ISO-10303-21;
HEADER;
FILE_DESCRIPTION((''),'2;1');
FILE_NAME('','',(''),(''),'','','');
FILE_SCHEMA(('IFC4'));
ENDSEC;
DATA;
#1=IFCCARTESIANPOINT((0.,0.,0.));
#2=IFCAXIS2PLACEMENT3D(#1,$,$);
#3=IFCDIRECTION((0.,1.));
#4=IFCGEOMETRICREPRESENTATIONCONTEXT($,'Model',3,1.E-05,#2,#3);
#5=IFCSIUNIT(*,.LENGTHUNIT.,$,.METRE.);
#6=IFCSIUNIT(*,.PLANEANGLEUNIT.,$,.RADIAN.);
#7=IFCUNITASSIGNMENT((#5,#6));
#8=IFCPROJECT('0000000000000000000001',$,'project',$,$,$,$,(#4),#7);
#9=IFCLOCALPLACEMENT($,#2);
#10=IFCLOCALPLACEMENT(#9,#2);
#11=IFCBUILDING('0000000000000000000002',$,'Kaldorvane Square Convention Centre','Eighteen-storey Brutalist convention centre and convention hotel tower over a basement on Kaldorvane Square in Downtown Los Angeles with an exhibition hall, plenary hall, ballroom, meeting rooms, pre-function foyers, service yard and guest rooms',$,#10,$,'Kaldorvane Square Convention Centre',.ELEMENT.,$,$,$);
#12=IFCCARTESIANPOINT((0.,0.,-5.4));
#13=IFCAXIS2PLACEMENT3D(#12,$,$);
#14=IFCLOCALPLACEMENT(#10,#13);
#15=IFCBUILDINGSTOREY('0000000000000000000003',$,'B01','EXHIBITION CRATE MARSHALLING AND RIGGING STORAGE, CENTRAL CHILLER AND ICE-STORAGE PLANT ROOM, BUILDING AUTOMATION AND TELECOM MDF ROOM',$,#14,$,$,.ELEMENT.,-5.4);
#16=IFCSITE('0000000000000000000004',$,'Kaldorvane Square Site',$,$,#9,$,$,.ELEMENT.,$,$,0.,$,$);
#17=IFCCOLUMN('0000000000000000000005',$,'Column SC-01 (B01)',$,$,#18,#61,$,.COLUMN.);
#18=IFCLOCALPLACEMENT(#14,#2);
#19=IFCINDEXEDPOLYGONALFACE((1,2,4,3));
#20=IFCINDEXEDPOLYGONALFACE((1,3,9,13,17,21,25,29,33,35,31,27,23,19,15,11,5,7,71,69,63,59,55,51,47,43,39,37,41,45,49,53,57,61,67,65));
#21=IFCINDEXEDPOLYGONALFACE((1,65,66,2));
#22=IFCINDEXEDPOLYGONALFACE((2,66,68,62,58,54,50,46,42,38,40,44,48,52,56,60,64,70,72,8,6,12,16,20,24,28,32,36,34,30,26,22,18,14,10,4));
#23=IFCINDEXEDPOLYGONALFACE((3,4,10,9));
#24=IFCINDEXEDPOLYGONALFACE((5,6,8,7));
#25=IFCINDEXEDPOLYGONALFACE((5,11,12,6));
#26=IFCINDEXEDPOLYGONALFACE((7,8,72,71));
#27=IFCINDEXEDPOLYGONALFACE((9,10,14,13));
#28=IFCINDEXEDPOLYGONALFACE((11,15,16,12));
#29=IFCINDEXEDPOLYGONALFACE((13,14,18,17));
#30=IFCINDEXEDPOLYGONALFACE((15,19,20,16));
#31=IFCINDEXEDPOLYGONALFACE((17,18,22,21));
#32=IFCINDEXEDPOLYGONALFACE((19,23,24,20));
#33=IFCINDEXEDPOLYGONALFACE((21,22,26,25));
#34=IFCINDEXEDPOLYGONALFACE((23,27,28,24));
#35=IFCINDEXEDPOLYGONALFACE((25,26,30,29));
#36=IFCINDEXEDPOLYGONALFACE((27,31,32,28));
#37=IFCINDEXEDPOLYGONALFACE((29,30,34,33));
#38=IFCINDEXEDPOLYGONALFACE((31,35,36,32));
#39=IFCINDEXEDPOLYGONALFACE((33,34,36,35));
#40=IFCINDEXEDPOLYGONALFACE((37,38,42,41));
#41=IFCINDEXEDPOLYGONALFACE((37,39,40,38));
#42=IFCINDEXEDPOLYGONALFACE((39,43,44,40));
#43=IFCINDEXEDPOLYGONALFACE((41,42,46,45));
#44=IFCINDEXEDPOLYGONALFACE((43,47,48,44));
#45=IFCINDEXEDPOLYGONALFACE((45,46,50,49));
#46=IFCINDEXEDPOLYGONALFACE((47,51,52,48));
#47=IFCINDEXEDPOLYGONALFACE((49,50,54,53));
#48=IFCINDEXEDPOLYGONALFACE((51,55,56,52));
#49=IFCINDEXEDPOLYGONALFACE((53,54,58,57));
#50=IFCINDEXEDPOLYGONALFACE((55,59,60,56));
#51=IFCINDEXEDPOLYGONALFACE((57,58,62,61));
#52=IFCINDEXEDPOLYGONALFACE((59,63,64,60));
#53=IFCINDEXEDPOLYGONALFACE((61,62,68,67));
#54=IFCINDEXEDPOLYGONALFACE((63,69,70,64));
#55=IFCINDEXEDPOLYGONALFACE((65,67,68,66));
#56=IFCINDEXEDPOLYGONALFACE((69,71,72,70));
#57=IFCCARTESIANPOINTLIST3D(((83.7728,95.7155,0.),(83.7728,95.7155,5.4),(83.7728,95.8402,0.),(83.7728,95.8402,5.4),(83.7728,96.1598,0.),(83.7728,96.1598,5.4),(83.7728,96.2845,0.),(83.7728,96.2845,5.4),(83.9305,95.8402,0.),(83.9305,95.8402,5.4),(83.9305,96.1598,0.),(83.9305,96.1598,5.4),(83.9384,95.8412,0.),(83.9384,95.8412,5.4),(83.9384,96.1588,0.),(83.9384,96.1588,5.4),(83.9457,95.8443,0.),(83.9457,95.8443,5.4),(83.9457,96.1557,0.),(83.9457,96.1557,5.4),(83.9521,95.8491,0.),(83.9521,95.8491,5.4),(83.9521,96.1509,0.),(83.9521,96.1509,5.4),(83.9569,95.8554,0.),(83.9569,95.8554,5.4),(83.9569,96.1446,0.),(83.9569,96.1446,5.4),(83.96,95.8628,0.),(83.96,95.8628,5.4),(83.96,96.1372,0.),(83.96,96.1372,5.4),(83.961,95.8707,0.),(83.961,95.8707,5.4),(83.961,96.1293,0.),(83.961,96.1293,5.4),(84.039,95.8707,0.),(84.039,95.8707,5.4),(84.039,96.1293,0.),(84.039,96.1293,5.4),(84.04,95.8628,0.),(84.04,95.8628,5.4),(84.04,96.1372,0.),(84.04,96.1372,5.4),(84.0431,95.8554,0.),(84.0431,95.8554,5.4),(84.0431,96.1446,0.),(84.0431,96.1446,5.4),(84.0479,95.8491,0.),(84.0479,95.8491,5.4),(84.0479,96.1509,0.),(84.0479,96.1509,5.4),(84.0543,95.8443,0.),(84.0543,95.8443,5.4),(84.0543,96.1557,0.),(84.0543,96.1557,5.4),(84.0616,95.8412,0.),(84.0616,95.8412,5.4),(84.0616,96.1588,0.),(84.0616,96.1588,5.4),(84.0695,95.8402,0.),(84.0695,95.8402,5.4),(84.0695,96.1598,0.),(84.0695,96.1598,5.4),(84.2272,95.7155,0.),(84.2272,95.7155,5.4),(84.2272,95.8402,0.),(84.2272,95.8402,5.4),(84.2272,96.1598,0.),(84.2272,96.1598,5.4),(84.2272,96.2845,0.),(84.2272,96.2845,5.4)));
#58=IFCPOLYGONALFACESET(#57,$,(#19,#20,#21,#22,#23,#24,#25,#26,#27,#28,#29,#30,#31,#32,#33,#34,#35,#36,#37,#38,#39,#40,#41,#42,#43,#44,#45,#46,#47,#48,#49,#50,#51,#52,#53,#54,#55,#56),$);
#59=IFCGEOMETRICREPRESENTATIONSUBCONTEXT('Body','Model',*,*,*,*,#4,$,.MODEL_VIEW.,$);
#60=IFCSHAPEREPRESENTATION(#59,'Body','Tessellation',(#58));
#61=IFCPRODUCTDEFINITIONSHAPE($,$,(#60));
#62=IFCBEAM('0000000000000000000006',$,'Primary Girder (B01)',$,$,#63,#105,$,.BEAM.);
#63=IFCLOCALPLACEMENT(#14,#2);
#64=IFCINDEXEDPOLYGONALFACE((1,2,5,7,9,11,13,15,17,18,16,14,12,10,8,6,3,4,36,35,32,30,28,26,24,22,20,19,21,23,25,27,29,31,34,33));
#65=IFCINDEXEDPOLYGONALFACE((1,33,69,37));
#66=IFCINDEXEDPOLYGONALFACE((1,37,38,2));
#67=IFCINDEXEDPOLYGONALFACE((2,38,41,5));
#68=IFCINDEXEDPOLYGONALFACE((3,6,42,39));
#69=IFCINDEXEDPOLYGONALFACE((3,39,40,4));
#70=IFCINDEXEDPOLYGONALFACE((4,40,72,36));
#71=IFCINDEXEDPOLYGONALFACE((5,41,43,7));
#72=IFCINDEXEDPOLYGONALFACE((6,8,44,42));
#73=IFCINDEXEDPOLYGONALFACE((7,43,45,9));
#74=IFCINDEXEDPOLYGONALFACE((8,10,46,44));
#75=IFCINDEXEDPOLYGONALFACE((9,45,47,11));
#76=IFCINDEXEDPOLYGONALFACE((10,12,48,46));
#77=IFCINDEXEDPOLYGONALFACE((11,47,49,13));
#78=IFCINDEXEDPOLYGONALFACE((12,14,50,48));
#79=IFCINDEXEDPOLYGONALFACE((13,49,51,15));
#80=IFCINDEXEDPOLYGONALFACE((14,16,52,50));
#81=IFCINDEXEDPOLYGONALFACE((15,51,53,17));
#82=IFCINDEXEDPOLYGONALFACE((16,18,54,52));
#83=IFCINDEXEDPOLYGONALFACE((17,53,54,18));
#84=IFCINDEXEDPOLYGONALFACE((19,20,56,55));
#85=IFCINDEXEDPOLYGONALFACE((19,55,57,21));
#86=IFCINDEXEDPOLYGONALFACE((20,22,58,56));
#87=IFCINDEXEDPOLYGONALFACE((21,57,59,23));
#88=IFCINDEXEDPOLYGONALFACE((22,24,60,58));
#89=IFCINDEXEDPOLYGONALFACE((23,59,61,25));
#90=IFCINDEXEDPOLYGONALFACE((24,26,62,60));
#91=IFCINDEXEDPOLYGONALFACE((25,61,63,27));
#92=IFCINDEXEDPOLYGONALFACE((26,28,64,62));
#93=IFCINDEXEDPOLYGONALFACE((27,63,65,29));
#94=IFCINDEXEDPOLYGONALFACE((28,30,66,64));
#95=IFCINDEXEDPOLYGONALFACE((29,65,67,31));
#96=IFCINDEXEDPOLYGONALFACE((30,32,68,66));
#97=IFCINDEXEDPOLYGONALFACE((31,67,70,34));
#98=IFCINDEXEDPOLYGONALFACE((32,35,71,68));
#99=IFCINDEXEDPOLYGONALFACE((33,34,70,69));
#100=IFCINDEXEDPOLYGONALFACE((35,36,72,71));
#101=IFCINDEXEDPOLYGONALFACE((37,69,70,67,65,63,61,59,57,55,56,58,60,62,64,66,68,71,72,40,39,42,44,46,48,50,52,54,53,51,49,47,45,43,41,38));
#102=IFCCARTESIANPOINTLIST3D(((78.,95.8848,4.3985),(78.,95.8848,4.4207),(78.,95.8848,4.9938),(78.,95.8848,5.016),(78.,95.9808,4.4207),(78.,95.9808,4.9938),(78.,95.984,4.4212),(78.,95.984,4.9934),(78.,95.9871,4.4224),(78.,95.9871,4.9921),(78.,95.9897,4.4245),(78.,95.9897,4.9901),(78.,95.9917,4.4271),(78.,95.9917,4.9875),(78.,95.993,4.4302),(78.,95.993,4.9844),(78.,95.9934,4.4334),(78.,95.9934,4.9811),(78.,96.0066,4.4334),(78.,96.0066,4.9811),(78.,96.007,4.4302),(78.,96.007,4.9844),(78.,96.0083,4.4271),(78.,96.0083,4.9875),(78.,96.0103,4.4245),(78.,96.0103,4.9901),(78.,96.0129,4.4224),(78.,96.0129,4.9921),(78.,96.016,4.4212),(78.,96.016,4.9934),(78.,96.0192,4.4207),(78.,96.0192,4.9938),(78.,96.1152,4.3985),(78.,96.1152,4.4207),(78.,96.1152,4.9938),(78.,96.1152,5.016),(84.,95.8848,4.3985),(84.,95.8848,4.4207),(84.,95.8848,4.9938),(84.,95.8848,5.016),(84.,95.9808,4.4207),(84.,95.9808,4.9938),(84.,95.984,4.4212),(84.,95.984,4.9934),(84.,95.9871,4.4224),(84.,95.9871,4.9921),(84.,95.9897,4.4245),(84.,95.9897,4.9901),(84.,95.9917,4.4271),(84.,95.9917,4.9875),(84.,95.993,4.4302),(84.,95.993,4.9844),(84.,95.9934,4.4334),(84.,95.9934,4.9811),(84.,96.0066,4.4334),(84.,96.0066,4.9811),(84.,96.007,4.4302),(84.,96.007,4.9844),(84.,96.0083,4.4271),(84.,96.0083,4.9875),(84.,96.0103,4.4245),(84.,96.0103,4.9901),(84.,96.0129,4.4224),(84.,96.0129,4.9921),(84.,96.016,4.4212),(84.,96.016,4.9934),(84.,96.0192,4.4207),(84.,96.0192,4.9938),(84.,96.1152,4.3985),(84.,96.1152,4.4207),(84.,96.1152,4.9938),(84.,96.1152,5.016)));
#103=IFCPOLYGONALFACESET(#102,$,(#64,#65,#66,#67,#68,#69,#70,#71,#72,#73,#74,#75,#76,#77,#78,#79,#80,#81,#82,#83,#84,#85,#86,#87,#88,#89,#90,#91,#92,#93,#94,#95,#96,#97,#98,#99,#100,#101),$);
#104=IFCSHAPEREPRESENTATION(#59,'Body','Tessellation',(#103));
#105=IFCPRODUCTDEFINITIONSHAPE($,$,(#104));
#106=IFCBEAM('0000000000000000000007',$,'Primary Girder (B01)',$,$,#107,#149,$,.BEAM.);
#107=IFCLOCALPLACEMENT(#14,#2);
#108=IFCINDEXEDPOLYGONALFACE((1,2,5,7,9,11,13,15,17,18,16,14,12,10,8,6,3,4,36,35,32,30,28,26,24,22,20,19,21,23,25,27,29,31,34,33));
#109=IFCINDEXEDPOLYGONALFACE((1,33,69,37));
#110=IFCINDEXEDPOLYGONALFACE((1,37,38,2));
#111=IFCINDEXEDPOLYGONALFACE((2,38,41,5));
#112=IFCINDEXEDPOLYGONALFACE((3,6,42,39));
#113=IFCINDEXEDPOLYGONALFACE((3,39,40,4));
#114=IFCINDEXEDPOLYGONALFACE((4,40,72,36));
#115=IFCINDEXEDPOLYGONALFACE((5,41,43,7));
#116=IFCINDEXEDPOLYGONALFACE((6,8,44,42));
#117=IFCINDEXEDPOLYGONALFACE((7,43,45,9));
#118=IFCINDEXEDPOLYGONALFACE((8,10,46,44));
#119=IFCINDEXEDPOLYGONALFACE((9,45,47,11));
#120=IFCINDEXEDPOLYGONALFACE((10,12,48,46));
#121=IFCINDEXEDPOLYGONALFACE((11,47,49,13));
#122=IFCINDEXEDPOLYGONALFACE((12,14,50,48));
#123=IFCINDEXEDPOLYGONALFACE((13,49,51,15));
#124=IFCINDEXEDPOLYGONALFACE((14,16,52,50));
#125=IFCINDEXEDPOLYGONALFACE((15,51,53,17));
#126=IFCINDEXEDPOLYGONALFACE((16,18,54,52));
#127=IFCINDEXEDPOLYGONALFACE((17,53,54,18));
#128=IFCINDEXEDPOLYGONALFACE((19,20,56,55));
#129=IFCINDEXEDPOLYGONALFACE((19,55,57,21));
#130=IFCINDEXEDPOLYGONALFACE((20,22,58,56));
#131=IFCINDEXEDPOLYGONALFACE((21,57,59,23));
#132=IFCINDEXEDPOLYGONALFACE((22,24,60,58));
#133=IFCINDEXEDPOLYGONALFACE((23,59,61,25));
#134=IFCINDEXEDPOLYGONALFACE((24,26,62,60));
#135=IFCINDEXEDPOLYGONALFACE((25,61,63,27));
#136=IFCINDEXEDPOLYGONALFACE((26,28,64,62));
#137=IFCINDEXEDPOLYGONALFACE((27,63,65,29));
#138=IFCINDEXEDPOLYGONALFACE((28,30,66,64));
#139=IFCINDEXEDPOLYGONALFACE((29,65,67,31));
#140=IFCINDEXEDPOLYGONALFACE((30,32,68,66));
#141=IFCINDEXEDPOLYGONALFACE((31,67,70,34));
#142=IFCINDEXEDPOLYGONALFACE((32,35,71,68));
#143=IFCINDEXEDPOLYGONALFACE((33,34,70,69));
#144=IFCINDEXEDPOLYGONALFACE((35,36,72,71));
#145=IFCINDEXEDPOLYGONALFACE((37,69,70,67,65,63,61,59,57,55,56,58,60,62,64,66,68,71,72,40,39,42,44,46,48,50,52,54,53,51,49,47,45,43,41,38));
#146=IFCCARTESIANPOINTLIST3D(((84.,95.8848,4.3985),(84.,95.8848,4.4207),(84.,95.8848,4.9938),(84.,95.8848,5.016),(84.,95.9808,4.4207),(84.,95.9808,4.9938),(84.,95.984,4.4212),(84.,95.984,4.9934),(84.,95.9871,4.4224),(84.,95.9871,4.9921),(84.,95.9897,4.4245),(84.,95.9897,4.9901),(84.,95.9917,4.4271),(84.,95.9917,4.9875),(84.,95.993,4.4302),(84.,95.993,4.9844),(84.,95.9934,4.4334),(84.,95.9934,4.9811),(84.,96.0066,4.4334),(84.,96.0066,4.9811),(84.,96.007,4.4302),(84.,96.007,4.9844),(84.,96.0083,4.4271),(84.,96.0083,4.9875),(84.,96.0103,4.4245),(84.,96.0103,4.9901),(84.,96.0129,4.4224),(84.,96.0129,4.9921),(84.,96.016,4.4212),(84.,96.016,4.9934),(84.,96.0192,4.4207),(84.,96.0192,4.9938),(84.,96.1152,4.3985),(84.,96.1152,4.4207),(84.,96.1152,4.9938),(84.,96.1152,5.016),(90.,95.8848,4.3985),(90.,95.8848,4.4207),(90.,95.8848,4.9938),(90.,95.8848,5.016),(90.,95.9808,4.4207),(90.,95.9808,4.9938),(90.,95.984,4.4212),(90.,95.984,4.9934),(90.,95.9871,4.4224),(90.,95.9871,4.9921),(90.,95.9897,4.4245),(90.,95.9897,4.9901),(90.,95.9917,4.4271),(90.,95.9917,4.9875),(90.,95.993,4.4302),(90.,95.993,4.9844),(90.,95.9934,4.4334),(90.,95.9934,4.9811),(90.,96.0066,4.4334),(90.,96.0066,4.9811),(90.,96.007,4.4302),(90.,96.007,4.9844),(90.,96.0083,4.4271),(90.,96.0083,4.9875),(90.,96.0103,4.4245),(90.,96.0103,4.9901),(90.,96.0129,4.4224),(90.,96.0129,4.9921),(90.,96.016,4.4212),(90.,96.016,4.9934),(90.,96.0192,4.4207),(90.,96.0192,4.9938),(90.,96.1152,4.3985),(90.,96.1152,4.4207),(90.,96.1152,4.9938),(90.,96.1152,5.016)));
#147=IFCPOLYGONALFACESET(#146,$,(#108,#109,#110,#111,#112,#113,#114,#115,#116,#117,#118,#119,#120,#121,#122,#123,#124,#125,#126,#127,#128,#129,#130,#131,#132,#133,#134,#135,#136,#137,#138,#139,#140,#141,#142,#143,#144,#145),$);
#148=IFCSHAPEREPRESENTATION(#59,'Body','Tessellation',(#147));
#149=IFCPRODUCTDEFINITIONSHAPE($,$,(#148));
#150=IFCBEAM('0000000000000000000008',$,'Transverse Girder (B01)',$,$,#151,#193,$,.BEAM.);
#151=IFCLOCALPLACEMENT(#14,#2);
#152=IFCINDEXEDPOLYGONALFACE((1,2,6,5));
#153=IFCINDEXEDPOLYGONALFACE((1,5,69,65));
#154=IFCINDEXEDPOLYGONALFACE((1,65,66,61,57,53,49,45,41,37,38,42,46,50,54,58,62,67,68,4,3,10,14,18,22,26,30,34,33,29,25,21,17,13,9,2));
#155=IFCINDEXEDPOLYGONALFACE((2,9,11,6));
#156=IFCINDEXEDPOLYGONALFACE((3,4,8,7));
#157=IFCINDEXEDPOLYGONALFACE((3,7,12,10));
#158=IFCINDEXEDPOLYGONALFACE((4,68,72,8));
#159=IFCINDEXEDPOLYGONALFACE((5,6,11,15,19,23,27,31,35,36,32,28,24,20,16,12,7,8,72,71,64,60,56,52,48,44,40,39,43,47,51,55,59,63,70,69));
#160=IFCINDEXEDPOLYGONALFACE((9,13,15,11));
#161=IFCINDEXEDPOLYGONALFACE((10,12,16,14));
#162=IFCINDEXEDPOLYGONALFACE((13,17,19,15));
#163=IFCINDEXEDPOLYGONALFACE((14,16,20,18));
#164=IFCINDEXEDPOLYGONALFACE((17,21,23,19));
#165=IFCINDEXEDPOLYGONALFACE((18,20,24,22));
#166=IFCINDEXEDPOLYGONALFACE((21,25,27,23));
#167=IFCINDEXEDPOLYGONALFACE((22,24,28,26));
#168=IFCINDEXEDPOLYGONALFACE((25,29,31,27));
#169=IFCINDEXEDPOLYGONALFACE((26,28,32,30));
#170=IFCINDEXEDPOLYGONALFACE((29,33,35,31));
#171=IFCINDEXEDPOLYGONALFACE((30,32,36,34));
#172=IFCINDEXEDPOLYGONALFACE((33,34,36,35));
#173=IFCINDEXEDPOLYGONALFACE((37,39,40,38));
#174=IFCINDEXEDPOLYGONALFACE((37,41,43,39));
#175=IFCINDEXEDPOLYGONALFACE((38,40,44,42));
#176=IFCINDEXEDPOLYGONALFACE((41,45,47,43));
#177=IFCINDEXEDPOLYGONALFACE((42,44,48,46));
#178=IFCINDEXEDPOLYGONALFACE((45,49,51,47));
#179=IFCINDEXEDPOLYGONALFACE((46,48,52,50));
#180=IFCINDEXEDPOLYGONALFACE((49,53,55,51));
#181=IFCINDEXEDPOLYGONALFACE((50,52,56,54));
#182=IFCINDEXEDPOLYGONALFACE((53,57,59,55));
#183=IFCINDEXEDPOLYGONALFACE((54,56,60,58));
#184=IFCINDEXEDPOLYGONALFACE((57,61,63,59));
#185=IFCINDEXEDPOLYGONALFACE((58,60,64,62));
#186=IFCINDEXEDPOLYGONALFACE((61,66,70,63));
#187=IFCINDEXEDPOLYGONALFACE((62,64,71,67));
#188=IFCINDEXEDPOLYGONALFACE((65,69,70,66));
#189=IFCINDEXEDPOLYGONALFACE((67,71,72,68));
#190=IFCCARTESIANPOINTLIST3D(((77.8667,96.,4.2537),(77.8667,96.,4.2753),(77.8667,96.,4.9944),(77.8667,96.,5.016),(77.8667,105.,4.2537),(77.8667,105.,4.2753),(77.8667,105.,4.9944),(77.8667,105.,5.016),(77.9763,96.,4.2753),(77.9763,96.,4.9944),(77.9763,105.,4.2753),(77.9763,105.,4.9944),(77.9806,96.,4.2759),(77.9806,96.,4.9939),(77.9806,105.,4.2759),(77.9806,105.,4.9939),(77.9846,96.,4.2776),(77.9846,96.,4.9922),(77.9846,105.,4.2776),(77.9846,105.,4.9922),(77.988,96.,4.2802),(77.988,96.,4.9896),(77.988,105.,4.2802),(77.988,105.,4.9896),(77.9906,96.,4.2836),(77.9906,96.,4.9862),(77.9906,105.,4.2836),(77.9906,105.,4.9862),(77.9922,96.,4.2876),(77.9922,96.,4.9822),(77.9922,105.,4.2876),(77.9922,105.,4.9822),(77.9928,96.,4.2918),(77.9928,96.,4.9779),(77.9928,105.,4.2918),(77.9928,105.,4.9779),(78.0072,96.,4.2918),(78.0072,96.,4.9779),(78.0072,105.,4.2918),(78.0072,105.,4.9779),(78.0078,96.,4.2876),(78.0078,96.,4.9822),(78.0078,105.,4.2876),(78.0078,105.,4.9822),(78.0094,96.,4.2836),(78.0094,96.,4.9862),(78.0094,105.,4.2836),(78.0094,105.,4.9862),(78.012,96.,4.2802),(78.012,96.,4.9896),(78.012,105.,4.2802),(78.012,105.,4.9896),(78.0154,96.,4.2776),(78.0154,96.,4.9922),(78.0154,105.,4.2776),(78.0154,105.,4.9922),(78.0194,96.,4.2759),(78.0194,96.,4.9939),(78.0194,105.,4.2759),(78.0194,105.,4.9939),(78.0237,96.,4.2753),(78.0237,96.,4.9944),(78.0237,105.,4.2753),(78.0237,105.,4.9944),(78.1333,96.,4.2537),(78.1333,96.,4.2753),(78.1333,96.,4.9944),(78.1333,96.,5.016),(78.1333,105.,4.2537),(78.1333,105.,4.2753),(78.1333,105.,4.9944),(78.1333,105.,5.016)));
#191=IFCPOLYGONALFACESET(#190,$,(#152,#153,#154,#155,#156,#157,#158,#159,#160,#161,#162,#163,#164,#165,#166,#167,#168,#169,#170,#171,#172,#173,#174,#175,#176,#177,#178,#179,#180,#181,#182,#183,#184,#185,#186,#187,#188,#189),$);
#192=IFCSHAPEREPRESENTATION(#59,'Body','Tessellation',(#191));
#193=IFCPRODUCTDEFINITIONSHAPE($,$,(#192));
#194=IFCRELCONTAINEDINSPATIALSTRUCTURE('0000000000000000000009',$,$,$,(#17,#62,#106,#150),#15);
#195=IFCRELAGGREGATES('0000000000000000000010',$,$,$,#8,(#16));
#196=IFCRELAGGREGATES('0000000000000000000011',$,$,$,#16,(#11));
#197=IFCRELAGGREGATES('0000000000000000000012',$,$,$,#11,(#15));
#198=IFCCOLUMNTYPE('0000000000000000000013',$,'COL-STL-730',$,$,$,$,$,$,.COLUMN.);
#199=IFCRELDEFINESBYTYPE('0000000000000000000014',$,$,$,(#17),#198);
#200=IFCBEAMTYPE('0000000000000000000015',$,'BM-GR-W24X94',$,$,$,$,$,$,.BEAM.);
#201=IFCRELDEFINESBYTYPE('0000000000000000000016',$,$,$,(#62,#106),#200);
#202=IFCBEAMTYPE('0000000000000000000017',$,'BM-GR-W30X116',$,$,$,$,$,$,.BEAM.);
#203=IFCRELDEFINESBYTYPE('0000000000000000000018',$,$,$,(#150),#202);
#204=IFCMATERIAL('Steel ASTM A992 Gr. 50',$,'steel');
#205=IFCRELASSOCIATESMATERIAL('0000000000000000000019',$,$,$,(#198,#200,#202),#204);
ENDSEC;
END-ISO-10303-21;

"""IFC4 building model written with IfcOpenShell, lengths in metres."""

from ifc_helpers import new_model, si_unit, direction, frame, origin, origin_2d, place, context, subcontext, project, spatial, i_section, extrude, material, material_profile, profile_set, type_object, element, save


model = new_model("IFC4")

# Units and contexts
model_context = context("Model", 3, precision=1e-05, world=origin(), true_north=direction((0.0, 1.0)))
body_context = subcontext(model_context, "Body", "Model", "MODEL_VIEW")
ifc_project = project(units=[si_unit("LENGTHUNIT", "METRE"), si_unit("PLANEANGLEUNIT", "RADIAN")], contexts=[model_context])

# Site, building, storey
site_placement = place(None, origin())
site = spatial("IfcSite", under=ifc_project, at=site_placement, Name="Kaldorvane Square Site", CompositionType="ELEMENT", RefElevation=0.0)
building_placement = place(site_placement, origin())
building = spatial("IfcBuilding", under=site, at=building_placement, Name="Kaldorvane Square Convention Centre", Description="Eighteen-storey Brutalist convention centre and convention hotel tower over a basement on Kaldorvane Square in Downtown Los Angeles with an exhibition hall, plenary hall, ballroom, meeting rooms, pre-function foyers, service yard and guest rooms", LongName="Kaldorvane Square Convention Centre", CompositionType="ELEMENT")
storey_placement = place(building_placement, frame((0.0, 0.0, -5.4)))
storey = spatial("IfcBuildingStorey", under=building, at=storey_placement, Name="B01", Description="EXHIBITION CRATE MARSHALLING AND RIGGING STORAGE, CENTRAL CHILLER AND ICE-STORAGE PLANT ROOM, BUILDING AUTOMATION AND TELECOM MDF ROOM", CompositionType="ELEMENT", Elevation=-5.4)

# Column
ifc_material_1 = material(Name="Steel ASTM A992 Gr. 50", Category="steel")
ifc_material_profile_1 = material_profile(ifc_material_1, i_section(OverallWidth=0.4544, OverallDepth=0.569, WebThickness=0.078, FlangeThickness=0.1247, FilletRadius=0.0305, at=origin_2d()), Name="W14X730")
ifc_profile_set_1 = profile_set([ifc_material_profile_1], Name="Steel ASTM A992 Gr. 50")
column_type = type_object("IfcColumnType", Name="COL-STL-730", PredefinedType="COLUMN", material=ifc_profile_set_1)
for number, where, z_axis, x_axis, name in (
    (1, (84.0, 96.0, 0.0), (0.0, 0.0, 1.0), (1.0, 0.0, 0.0), "Column SC-01 (B01)"),
):
    element("IfcColumn", number, at=place(storey_placement, frame(where, z_axis=z_axis, x_axis=x_axis)), inside=storey, type_object=column_type, Name=name, PredefinedType="COLUMN", context=body_context, shape_type="SweptSolid", body=[
        extrude(i_section(OverallWidth=0.4544, OverallDepth=0.569, WebThickness=0.078, FlangeThickness=0.1247, FilletRadius=0.0305, at=origin_2d()), origin(), (0.0, 0.0, 1.0), 5.4),
    ])

# Beams
ifc_material_profile_2 = material_profile(ifc_material_1, i_section(OverallWidth=0.2303, OverallDepth=0.6175, WebThickness=0.0131, FlangeThickness=0.0222, FilletRadius=0.0127, at=origin_2d()), Name="W24X94")
ifc_profile_set_2 = profile_set([ifc_material_profile_2], Name="Steel ASTM A992 Gr. 50")
beam_type_1 = type_object("IfcBeamType", Name="BM-GR-W24X94", PredefinedType="BEAM", material=ifc_profile_set_2)
for number, where, z_axis, x_axis, name in (
    (2, (78.0, 96.0, 4.7073), (1.0, 0.0, 0.0), (0.0, 1.0, 0.0), "Primary Girder (B01)"),
    (3, (84.0, 96.0, 4.7073), (1.0, 0.0, 0.0), (0.0, 1.0, 0.0), "Primary Girder (B01)"),
):
    element("IfcBeam", number, at=place(storey_placement, frame(where, z_axis=z_axis, x_axis=x_axis)), inside=storey, type_object=beam_type_1, Name=name, PredefinedType="BEAM", context=body_context, shape_type="SweptSolid", body=[
        extrude(i_section(OverallWidth=0.2303, OverallDepth=0.6175, WebThickness=0.0131, FlangeThickness=0.0222, FilletRadius=0.0127, at=origin_2d()), origin(), (0.0, 0.0, 1.0), 6.0),
    ])
ifc_material_profile_3 = material_profile(ifc_material_1, i_section(OverallWidth=0.2666, OverallDepth=0.7623, WebThickness=0.0144, FlangeThickness=0.0216, FilletRadius=0.0165, at=origin_2d()), Name="W30X116")
ifc_profile_set_3 = profile_set([ifc_material_profile_3], Name="Steel ASTM A992 Gr. 50")
beam_type_2 = type_object("IfcBeamType", Name="BM-GR-W30X116", PredefinedType="BEAM", material=ifc_profile_set_3)
for number, where, z_axis, x_axis, name in (
    (4, (78.0, 96.0, 4.6349), (0.0, 1.0, 0.0), (-1.0, 0.0, 0.0), "Transverse Girder (B01)"),
):
    element("IfcBeam", number, at=place(storey_placement, frame(where, z_axis=z_axis, x_axis=x_axis)), inside=storey, type_object=beam_type_2, Name=name, PredefinedType="BEAM", context=body_context, shape_type="SweptSolid", body=[
        extrude(i_section(OverallWidth=0.2666, OverallDepth=0.7623, WebThickness=0.0144, FlangeThickness=0.0216, FilletRadius=0.0165, at=origin_2d()), origin(), (0.0, 0.0, 1.0), 9.0),
    ])

save(model, "model.ifc")
